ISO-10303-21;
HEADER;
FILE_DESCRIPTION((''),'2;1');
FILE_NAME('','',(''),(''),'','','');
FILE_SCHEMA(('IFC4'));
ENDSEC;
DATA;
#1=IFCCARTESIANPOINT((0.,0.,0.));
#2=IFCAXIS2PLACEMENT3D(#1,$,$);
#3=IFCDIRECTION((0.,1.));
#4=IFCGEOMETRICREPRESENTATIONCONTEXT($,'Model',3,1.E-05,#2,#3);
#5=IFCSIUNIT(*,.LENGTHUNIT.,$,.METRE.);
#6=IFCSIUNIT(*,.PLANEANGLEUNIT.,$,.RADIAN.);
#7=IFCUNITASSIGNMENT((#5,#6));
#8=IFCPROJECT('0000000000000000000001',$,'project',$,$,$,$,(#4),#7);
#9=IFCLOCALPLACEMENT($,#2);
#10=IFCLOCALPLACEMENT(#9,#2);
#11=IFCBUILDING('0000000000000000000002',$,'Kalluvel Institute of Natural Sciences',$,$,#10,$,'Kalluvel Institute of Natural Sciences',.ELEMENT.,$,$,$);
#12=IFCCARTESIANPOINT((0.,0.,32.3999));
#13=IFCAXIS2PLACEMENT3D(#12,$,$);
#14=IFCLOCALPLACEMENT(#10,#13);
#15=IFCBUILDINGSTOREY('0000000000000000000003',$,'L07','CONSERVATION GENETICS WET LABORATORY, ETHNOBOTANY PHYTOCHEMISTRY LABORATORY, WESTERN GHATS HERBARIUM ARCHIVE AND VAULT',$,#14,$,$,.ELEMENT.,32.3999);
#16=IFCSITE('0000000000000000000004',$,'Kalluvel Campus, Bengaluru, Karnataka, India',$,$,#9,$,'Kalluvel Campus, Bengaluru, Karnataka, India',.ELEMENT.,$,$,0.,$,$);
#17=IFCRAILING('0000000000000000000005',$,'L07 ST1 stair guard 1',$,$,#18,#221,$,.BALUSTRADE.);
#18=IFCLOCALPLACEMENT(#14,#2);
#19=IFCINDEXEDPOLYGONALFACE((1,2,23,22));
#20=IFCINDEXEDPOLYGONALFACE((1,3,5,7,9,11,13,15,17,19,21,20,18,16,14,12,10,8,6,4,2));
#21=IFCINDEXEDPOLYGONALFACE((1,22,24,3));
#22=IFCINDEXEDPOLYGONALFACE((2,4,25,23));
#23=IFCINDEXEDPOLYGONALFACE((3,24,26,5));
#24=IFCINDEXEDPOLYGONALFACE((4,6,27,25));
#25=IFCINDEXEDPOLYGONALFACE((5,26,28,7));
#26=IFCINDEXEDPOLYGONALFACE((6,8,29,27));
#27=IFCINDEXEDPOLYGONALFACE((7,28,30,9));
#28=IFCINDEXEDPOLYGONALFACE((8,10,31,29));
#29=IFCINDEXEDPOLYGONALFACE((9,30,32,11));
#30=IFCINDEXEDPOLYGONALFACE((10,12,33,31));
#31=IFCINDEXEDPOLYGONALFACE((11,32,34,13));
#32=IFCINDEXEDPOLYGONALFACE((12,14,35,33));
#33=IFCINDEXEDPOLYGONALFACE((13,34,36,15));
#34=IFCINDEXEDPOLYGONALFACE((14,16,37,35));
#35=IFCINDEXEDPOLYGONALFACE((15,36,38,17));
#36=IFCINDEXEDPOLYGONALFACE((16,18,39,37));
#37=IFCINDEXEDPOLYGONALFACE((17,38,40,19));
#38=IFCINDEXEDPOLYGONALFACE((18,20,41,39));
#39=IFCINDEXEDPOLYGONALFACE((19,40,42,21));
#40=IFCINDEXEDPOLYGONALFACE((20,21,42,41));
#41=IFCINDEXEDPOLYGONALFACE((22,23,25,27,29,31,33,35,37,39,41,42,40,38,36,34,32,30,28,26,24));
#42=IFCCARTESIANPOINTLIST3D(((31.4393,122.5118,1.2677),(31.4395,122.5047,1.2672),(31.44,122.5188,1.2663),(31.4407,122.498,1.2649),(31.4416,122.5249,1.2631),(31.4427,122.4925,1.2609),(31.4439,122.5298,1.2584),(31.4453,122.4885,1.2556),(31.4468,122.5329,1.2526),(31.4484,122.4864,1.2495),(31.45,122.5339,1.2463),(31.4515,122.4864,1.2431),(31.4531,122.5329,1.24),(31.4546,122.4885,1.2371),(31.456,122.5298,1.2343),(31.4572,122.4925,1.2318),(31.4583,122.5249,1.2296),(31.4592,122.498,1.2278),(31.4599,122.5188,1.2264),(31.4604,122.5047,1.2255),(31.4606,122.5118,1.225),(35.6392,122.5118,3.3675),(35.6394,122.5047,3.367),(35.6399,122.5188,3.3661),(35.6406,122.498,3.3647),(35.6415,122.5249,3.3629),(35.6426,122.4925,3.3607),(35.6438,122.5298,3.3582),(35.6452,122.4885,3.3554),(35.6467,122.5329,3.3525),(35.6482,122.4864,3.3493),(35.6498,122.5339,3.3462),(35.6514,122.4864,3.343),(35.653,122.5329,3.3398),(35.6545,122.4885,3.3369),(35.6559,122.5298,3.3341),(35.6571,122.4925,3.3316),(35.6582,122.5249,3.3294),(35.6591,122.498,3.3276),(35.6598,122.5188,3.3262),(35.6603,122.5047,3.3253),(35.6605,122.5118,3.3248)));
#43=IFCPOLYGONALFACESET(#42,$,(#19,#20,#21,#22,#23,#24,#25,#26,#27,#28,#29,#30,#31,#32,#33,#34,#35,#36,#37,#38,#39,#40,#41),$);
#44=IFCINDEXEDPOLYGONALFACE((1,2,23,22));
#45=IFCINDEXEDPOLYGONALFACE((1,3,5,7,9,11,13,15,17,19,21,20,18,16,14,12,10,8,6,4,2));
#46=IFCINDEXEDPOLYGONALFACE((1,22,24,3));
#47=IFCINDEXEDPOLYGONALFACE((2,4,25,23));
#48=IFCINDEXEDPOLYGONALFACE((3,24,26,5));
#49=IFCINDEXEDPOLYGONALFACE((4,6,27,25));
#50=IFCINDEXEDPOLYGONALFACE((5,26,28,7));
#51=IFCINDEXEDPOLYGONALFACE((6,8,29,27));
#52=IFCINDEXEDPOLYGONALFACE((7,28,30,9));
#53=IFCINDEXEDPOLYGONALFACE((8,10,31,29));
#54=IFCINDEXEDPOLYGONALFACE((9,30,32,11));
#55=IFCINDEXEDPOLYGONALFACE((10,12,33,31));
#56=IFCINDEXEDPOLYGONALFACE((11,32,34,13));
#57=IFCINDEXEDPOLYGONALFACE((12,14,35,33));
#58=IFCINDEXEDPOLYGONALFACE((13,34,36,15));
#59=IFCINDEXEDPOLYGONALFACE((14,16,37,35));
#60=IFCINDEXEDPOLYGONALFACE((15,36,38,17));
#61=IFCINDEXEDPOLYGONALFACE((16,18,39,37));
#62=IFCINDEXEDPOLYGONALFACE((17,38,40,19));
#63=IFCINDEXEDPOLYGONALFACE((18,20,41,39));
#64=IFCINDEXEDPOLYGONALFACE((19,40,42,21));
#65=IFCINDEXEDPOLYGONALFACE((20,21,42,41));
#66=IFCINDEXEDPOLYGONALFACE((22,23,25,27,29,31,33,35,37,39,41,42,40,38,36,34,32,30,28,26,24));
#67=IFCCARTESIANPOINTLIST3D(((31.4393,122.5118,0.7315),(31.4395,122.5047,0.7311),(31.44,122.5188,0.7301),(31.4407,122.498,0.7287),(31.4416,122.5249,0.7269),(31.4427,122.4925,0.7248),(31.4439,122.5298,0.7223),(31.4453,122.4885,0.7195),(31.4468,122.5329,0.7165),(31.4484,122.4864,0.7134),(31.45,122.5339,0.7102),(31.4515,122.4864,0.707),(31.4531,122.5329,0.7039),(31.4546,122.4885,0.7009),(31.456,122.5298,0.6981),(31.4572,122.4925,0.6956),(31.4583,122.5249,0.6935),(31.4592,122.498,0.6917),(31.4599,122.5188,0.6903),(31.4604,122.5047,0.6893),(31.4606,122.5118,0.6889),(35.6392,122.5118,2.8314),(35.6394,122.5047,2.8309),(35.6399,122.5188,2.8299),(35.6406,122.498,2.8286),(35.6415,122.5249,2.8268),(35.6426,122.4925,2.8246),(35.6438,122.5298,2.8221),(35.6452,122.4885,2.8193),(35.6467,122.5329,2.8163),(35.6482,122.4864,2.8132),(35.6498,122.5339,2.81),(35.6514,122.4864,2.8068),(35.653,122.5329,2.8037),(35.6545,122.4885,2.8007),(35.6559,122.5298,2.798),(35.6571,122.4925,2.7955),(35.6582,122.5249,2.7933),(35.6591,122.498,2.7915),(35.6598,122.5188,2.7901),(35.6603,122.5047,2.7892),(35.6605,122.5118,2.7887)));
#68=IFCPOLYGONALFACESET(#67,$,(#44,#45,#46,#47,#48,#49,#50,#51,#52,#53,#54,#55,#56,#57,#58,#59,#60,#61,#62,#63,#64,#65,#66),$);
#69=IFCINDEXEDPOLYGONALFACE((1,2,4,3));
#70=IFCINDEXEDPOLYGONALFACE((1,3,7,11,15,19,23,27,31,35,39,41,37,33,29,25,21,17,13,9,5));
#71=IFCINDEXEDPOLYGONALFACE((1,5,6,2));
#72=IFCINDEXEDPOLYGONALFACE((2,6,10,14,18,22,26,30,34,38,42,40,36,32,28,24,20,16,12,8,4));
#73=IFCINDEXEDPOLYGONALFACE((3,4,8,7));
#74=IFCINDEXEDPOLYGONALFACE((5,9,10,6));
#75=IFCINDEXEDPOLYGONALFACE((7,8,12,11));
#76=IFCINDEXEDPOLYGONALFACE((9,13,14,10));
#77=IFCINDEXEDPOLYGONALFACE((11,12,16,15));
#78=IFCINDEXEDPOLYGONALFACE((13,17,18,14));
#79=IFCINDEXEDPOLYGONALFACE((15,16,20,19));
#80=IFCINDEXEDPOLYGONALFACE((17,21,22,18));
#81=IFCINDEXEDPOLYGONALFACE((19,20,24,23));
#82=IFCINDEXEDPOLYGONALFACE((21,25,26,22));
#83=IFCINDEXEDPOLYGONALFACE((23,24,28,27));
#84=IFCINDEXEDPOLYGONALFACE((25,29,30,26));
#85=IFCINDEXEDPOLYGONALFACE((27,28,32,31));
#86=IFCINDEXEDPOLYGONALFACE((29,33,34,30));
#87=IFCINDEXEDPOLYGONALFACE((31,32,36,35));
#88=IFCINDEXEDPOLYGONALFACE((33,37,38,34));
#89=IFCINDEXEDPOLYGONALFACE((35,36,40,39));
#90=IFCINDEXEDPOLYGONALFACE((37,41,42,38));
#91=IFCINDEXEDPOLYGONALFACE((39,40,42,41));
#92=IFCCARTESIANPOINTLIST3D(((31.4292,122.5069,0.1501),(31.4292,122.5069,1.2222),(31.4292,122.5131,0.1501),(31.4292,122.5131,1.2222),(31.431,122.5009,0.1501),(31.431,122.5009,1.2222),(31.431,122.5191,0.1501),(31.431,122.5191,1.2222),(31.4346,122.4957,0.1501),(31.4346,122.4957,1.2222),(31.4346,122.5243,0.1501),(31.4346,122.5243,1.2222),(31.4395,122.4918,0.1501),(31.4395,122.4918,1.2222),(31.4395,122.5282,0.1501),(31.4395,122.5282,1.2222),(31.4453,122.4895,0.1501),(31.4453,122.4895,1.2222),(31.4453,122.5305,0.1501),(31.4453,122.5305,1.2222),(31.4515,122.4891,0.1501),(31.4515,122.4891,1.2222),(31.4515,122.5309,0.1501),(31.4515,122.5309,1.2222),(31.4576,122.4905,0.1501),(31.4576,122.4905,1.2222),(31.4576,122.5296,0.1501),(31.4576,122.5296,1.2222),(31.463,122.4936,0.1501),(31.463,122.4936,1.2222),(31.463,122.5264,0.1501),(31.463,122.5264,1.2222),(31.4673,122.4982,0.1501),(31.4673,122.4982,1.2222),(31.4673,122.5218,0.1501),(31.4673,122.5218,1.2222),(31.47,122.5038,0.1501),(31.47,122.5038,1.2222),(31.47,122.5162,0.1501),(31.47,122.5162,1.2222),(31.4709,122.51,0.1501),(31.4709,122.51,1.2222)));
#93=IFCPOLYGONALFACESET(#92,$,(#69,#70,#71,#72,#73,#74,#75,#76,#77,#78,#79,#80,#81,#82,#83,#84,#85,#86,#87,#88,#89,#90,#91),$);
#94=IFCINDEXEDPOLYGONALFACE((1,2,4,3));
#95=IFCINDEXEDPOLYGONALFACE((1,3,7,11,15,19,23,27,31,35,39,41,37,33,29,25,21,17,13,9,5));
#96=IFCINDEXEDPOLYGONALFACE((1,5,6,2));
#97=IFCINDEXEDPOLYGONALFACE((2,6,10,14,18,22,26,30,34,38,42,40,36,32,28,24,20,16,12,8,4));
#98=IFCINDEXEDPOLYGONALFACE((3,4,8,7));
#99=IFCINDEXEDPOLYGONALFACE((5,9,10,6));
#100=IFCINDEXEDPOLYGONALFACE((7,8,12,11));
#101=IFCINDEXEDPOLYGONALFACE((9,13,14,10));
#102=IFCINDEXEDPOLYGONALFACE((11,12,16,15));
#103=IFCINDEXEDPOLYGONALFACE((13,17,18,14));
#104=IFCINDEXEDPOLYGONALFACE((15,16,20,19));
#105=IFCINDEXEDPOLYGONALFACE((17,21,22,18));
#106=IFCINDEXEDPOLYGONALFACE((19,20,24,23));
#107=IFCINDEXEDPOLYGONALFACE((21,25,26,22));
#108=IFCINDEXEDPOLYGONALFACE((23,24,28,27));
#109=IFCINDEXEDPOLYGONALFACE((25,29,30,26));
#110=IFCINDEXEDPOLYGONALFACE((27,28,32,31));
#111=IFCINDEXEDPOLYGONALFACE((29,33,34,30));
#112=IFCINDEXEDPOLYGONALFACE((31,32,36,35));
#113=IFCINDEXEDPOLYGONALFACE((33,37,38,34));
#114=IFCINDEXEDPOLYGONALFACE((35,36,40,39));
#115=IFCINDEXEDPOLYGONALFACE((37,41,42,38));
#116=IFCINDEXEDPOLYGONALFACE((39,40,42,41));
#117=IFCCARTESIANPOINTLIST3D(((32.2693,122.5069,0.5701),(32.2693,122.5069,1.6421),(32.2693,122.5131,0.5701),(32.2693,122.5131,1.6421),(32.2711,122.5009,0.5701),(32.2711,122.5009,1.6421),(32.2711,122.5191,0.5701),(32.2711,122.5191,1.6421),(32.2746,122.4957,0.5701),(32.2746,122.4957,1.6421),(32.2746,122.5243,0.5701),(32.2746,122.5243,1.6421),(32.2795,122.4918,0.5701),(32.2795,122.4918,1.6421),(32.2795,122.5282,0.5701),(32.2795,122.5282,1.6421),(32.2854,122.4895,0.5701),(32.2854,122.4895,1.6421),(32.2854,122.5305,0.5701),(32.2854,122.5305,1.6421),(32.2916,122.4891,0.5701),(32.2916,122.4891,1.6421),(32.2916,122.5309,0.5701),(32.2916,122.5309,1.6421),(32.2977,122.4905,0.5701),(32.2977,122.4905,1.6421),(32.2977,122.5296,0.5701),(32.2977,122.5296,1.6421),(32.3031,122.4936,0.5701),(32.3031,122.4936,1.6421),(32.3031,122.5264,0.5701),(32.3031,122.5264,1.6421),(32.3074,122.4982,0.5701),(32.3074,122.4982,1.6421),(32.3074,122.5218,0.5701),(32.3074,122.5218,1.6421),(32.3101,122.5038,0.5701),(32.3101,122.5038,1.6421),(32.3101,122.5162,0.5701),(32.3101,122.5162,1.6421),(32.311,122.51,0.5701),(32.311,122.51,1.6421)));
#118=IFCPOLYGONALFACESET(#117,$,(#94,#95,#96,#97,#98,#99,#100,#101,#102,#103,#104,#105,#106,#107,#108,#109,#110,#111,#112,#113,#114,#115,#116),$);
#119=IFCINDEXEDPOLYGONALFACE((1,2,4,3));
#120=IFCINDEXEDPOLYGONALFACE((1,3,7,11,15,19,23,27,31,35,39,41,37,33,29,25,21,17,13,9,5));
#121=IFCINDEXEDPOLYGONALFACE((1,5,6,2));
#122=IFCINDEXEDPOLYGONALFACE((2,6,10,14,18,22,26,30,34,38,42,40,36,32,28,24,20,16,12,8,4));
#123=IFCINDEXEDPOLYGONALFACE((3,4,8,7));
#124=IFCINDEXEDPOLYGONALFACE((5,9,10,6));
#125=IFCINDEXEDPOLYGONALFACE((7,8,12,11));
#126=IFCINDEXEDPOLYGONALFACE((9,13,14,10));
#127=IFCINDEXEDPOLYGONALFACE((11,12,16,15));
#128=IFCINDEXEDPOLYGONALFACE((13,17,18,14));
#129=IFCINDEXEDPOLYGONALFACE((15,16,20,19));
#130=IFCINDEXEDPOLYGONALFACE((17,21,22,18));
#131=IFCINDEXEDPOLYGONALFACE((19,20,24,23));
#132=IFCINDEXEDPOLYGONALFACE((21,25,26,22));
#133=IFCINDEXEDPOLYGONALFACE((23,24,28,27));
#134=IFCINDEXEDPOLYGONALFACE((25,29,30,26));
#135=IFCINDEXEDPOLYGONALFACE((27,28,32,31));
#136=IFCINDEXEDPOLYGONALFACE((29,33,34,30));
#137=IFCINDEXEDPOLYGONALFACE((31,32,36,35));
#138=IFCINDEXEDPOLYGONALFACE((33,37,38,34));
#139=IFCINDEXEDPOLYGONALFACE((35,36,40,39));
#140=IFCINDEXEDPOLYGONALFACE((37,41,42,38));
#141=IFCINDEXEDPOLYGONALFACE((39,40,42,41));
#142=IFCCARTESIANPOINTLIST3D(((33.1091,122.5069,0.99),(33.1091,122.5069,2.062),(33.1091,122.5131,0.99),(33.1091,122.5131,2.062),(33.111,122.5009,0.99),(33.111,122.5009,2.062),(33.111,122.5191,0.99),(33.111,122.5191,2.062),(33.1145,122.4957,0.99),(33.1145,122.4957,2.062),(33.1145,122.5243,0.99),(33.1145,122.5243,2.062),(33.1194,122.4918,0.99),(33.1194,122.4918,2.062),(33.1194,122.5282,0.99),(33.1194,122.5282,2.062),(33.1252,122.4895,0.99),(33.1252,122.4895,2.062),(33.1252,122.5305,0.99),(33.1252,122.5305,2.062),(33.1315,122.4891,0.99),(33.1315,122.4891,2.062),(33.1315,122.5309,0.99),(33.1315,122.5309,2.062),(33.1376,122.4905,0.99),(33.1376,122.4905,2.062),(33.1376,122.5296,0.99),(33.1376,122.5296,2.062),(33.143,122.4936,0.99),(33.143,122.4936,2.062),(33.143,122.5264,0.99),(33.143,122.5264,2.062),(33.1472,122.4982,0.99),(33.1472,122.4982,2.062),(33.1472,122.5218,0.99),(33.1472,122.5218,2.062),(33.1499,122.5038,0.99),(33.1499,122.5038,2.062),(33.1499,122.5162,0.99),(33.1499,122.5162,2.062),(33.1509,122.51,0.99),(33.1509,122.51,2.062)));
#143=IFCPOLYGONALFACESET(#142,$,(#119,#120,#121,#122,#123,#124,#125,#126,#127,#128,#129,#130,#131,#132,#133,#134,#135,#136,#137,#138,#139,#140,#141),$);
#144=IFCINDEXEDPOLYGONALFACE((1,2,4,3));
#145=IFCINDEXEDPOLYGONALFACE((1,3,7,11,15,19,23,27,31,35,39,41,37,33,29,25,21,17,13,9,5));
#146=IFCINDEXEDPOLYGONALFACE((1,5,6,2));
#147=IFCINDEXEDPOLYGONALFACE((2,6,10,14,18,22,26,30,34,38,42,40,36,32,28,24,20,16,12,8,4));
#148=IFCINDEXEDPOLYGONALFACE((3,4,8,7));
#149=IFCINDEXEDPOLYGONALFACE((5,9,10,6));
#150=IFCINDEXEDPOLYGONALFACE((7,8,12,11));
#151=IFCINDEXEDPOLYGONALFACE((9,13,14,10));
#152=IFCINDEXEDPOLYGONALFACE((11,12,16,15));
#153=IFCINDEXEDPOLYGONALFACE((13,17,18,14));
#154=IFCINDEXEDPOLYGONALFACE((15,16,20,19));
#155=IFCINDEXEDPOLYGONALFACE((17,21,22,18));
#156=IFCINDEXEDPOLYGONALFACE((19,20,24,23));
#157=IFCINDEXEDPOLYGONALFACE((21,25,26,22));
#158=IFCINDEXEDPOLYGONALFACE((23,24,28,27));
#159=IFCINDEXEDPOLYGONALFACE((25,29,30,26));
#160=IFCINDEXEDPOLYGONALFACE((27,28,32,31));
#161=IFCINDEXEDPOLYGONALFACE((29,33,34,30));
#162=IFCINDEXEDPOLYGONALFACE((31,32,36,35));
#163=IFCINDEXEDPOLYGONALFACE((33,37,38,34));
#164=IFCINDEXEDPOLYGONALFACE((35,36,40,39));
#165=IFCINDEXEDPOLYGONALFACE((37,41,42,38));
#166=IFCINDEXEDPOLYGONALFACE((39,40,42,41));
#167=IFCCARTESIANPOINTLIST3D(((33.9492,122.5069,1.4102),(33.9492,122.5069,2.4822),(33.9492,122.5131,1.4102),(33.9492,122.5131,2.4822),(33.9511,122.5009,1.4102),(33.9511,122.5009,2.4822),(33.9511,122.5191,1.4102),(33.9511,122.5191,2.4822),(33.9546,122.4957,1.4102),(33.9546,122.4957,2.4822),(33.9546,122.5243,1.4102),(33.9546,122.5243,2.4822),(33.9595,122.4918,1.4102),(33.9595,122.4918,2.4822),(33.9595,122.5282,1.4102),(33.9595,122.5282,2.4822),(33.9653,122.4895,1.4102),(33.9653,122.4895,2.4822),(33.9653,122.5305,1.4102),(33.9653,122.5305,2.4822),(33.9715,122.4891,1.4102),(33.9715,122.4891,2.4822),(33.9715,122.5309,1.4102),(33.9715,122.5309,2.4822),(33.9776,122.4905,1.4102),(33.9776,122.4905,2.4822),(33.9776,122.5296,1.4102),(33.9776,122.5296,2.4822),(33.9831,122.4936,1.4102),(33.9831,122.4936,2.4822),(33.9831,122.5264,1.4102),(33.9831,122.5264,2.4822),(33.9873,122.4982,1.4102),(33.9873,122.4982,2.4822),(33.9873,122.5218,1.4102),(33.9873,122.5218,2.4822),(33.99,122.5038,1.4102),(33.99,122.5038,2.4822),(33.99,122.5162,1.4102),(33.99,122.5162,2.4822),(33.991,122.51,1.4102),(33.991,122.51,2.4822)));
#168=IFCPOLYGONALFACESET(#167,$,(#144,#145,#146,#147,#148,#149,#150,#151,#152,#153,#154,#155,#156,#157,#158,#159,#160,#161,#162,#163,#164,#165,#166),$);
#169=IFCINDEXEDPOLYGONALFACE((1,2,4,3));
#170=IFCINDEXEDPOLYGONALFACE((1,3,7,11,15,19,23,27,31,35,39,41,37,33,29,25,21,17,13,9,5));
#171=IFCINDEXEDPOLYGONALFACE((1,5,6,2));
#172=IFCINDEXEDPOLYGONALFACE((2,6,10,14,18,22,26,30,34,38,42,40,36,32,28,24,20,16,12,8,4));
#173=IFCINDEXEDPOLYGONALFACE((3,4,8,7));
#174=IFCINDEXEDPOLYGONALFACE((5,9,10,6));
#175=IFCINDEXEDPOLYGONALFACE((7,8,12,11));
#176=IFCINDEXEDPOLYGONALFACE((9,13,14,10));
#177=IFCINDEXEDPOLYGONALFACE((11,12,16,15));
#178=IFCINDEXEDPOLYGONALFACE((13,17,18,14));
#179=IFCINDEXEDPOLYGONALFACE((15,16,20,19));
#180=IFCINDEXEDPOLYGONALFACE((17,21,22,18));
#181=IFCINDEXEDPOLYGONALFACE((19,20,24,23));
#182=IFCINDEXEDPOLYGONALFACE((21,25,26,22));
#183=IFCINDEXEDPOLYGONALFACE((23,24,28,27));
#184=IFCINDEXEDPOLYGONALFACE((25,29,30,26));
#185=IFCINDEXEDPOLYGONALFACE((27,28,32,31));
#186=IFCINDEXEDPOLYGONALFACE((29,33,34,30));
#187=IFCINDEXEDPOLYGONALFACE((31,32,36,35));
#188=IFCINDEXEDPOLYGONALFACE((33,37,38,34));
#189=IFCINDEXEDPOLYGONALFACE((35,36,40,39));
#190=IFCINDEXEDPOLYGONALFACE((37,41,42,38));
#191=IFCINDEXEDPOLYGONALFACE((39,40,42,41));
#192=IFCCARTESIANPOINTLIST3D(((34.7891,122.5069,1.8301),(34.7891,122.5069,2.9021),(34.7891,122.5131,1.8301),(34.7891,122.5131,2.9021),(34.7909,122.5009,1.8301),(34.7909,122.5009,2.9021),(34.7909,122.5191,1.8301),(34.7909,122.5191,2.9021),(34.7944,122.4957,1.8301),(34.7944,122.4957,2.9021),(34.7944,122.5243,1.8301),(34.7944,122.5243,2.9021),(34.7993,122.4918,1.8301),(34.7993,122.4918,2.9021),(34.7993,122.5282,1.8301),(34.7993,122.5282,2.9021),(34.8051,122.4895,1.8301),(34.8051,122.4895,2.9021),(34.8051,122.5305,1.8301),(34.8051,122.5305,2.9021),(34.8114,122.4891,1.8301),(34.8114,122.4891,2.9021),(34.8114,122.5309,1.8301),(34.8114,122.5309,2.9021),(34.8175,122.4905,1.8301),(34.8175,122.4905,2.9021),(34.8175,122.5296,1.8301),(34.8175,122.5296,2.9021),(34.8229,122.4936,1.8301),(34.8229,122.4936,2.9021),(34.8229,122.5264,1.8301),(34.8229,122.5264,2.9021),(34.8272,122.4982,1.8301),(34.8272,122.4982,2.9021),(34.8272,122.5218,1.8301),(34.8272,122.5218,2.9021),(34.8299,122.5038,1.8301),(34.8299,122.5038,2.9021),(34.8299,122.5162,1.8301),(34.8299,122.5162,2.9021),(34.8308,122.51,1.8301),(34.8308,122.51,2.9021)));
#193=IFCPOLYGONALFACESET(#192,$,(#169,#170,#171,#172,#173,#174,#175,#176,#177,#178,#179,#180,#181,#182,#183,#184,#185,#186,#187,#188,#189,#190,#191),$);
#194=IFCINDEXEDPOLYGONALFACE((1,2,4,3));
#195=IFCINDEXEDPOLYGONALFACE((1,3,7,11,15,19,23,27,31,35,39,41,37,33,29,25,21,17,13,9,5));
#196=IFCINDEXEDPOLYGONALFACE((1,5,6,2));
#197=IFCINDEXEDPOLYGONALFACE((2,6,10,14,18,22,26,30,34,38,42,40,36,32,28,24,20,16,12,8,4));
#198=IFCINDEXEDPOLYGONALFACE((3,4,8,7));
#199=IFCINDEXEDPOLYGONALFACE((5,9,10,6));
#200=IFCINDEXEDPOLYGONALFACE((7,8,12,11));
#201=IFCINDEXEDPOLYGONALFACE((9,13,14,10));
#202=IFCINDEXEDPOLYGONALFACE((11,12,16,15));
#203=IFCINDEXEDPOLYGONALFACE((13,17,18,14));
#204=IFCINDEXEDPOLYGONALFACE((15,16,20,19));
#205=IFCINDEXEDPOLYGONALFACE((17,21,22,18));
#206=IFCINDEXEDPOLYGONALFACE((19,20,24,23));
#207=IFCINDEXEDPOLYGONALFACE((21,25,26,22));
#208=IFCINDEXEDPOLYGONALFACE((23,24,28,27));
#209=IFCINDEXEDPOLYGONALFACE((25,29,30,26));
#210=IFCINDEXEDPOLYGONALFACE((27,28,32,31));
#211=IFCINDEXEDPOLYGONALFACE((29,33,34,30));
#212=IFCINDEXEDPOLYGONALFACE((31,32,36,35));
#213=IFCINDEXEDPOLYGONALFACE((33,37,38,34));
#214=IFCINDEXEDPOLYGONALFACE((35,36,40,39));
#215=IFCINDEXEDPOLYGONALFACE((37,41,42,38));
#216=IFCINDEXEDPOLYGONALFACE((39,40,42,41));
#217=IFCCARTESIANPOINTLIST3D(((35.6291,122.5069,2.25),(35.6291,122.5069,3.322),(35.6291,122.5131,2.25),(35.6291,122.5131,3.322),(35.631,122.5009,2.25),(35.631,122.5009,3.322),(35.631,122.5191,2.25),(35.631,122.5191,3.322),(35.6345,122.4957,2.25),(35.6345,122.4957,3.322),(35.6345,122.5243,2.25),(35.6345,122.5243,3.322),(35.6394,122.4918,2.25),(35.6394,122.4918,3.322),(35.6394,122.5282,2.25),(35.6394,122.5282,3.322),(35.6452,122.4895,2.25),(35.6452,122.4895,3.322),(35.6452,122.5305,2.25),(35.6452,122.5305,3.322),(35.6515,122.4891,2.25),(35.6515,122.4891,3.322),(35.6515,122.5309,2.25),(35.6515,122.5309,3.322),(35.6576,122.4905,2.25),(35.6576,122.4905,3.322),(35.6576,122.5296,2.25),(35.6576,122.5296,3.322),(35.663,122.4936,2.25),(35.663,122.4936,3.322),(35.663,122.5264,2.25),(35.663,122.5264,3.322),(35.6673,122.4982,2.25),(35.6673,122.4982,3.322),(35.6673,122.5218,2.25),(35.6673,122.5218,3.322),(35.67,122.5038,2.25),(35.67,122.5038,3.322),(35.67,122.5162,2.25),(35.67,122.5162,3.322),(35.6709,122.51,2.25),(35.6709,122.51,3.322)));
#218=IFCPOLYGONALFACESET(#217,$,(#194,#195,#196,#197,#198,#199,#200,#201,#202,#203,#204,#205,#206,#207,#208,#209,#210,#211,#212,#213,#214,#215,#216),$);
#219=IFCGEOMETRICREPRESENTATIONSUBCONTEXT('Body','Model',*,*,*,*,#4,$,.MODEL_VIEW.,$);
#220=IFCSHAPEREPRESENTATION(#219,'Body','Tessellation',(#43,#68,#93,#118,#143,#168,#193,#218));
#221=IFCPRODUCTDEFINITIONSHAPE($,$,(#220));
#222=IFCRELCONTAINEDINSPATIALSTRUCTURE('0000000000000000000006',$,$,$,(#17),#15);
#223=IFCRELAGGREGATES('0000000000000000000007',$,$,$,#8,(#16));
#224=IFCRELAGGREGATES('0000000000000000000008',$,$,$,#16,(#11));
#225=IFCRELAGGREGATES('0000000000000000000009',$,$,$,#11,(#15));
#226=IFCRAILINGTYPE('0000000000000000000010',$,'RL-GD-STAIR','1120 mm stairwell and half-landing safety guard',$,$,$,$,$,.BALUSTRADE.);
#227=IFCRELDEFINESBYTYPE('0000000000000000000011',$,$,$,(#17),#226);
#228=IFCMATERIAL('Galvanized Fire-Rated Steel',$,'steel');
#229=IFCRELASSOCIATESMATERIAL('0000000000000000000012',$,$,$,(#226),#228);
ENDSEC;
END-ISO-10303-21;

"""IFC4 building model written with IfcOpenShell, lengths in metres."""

from ifc_helpers import new_model, si_unit, direction, frame, origin, origin_2d, place, context, subcontext, project, spatial, circle, extrude, material, type_object, element, save


model = new_model("IFC4")

# Units and contexts
model_context = context("Model", 3, precision=1e-05, world=origin(), true_north=direction((0.0, 1.0)))
body_context = subcontext(model_context, "Body", "Model", "MODEL_VIEW")
ifc_project = project(units=[si_unit("LENGTHUNIT", "METRE"), si_unit("PLANEANGLEUNIT", "RADIAN")], contexts=[model_context])

# Site, building, storey
site_placement = place(None, origin())
site = spatial("IfcSite", under=ifc_project, at=site_placement, Name="Kalluvel Campus, Bengaluru, Karnataka, India", LongName="Kalluvel Campus, Bengaluru, Karnataka, India", CompositionType="ELEMENT", RefElevation=0.0)
building_placement = place(site_placement, origin())
building = spatial("IfcBuilding", under=site, at=building_placement, Name="Kalluvel Institute of Natural Sciences", LongName="Kalluvel Institute of Natural Sciences", CompositionType="ELEMENT")
storey_placement = place(building_placement, frame((0.0, 0.0, 32.3999)))
storey = spatial("IfcBuildingStorey", under=building, at=storey_placement, Name="L07", Description="CONSERVATION GENETICS WET LABORATORY, ETHNOBOTANY PHYTOCHEMISTRY LABORATORY, WESTERN GHATS HERBARIUM ARCHIVE AND VAULT", CompositionType="ELEMENT", Elevation=32.3999)

# Shared definitions
ifc_material_1 = material(Name="Galvanized Fire-Rated Steel", Category="steel")

# Railing
railing_type_1 = type_object("IfcRailingType", Name="RL-GD-STAIR", Description="1120 mm stairwell and half-landing safety guard", PredefinedType="BALUSTRADE", material=ifc_material_1)
railing_1_placement = place(storey_placement, frame((31.45, 122.51, 0.1501)))
element("IfcRailing", 1, at=railing_1_placement, inside=storey, type_object=railing_type_1, Name="L07 ST1 stair guard 1", PredefinedType="BALUSTRADE", context=body_context, shape_type="SweptSolid", body=[
    extrude(circle(Radius=0.0239, at=origin_2d()), frame((0.0, 0.0, 1.0962), z_axis=(0.894438, 0.0, 0.447193), x_axis=(0.0, 1.0, 0.0)), (0.0, 0.0, 1.0), 4.6956),
    extrude(circle(Radius=0.0239, at=origin_2d()), frame((0.0, 0.0, 0.5601), z_axis=(0.894438, 0.0, 0.447193), x_axis=(0.0, 1.0, 0.0)), (0.0, 0.0, 1.0), 4.6956),
    extrude(circle(Radius=0.021, at=origin_2d()), origin(), (0.0, 0.0, 1.0), 1.072),
    extrude(circle(Radius=0.021, at=origin_2d()), frame((0.8401, 0.0, 0.4199)), (0.0, 0.0, 1.0), 1.072),
    extrude(circle(Radius=0.021, at=origin_2d()), frame((1.6799, 0.0, 0.8398)), (0.0, 0.0, 1.0), 1.072),
    extrude(circle(Radius=0.021, at=origin_2d()), frame((2.52, 0.0, 1.26)), (0.0, 0.0, 1.0), 1.072),
    extrude(circle(Radius=0.021, at=origin_2d()), frame((3.3599, 0.0, 1.6799)), (0.0, 0.0, 1.0), 1.072),
    extrude(circle(Radius=0.021, at=origin_2d()), frame((4.2, 0.0, 2.0999)), (0.0, 0.0, 1.0), 1.072),
])

save(model, "model.ifc")
